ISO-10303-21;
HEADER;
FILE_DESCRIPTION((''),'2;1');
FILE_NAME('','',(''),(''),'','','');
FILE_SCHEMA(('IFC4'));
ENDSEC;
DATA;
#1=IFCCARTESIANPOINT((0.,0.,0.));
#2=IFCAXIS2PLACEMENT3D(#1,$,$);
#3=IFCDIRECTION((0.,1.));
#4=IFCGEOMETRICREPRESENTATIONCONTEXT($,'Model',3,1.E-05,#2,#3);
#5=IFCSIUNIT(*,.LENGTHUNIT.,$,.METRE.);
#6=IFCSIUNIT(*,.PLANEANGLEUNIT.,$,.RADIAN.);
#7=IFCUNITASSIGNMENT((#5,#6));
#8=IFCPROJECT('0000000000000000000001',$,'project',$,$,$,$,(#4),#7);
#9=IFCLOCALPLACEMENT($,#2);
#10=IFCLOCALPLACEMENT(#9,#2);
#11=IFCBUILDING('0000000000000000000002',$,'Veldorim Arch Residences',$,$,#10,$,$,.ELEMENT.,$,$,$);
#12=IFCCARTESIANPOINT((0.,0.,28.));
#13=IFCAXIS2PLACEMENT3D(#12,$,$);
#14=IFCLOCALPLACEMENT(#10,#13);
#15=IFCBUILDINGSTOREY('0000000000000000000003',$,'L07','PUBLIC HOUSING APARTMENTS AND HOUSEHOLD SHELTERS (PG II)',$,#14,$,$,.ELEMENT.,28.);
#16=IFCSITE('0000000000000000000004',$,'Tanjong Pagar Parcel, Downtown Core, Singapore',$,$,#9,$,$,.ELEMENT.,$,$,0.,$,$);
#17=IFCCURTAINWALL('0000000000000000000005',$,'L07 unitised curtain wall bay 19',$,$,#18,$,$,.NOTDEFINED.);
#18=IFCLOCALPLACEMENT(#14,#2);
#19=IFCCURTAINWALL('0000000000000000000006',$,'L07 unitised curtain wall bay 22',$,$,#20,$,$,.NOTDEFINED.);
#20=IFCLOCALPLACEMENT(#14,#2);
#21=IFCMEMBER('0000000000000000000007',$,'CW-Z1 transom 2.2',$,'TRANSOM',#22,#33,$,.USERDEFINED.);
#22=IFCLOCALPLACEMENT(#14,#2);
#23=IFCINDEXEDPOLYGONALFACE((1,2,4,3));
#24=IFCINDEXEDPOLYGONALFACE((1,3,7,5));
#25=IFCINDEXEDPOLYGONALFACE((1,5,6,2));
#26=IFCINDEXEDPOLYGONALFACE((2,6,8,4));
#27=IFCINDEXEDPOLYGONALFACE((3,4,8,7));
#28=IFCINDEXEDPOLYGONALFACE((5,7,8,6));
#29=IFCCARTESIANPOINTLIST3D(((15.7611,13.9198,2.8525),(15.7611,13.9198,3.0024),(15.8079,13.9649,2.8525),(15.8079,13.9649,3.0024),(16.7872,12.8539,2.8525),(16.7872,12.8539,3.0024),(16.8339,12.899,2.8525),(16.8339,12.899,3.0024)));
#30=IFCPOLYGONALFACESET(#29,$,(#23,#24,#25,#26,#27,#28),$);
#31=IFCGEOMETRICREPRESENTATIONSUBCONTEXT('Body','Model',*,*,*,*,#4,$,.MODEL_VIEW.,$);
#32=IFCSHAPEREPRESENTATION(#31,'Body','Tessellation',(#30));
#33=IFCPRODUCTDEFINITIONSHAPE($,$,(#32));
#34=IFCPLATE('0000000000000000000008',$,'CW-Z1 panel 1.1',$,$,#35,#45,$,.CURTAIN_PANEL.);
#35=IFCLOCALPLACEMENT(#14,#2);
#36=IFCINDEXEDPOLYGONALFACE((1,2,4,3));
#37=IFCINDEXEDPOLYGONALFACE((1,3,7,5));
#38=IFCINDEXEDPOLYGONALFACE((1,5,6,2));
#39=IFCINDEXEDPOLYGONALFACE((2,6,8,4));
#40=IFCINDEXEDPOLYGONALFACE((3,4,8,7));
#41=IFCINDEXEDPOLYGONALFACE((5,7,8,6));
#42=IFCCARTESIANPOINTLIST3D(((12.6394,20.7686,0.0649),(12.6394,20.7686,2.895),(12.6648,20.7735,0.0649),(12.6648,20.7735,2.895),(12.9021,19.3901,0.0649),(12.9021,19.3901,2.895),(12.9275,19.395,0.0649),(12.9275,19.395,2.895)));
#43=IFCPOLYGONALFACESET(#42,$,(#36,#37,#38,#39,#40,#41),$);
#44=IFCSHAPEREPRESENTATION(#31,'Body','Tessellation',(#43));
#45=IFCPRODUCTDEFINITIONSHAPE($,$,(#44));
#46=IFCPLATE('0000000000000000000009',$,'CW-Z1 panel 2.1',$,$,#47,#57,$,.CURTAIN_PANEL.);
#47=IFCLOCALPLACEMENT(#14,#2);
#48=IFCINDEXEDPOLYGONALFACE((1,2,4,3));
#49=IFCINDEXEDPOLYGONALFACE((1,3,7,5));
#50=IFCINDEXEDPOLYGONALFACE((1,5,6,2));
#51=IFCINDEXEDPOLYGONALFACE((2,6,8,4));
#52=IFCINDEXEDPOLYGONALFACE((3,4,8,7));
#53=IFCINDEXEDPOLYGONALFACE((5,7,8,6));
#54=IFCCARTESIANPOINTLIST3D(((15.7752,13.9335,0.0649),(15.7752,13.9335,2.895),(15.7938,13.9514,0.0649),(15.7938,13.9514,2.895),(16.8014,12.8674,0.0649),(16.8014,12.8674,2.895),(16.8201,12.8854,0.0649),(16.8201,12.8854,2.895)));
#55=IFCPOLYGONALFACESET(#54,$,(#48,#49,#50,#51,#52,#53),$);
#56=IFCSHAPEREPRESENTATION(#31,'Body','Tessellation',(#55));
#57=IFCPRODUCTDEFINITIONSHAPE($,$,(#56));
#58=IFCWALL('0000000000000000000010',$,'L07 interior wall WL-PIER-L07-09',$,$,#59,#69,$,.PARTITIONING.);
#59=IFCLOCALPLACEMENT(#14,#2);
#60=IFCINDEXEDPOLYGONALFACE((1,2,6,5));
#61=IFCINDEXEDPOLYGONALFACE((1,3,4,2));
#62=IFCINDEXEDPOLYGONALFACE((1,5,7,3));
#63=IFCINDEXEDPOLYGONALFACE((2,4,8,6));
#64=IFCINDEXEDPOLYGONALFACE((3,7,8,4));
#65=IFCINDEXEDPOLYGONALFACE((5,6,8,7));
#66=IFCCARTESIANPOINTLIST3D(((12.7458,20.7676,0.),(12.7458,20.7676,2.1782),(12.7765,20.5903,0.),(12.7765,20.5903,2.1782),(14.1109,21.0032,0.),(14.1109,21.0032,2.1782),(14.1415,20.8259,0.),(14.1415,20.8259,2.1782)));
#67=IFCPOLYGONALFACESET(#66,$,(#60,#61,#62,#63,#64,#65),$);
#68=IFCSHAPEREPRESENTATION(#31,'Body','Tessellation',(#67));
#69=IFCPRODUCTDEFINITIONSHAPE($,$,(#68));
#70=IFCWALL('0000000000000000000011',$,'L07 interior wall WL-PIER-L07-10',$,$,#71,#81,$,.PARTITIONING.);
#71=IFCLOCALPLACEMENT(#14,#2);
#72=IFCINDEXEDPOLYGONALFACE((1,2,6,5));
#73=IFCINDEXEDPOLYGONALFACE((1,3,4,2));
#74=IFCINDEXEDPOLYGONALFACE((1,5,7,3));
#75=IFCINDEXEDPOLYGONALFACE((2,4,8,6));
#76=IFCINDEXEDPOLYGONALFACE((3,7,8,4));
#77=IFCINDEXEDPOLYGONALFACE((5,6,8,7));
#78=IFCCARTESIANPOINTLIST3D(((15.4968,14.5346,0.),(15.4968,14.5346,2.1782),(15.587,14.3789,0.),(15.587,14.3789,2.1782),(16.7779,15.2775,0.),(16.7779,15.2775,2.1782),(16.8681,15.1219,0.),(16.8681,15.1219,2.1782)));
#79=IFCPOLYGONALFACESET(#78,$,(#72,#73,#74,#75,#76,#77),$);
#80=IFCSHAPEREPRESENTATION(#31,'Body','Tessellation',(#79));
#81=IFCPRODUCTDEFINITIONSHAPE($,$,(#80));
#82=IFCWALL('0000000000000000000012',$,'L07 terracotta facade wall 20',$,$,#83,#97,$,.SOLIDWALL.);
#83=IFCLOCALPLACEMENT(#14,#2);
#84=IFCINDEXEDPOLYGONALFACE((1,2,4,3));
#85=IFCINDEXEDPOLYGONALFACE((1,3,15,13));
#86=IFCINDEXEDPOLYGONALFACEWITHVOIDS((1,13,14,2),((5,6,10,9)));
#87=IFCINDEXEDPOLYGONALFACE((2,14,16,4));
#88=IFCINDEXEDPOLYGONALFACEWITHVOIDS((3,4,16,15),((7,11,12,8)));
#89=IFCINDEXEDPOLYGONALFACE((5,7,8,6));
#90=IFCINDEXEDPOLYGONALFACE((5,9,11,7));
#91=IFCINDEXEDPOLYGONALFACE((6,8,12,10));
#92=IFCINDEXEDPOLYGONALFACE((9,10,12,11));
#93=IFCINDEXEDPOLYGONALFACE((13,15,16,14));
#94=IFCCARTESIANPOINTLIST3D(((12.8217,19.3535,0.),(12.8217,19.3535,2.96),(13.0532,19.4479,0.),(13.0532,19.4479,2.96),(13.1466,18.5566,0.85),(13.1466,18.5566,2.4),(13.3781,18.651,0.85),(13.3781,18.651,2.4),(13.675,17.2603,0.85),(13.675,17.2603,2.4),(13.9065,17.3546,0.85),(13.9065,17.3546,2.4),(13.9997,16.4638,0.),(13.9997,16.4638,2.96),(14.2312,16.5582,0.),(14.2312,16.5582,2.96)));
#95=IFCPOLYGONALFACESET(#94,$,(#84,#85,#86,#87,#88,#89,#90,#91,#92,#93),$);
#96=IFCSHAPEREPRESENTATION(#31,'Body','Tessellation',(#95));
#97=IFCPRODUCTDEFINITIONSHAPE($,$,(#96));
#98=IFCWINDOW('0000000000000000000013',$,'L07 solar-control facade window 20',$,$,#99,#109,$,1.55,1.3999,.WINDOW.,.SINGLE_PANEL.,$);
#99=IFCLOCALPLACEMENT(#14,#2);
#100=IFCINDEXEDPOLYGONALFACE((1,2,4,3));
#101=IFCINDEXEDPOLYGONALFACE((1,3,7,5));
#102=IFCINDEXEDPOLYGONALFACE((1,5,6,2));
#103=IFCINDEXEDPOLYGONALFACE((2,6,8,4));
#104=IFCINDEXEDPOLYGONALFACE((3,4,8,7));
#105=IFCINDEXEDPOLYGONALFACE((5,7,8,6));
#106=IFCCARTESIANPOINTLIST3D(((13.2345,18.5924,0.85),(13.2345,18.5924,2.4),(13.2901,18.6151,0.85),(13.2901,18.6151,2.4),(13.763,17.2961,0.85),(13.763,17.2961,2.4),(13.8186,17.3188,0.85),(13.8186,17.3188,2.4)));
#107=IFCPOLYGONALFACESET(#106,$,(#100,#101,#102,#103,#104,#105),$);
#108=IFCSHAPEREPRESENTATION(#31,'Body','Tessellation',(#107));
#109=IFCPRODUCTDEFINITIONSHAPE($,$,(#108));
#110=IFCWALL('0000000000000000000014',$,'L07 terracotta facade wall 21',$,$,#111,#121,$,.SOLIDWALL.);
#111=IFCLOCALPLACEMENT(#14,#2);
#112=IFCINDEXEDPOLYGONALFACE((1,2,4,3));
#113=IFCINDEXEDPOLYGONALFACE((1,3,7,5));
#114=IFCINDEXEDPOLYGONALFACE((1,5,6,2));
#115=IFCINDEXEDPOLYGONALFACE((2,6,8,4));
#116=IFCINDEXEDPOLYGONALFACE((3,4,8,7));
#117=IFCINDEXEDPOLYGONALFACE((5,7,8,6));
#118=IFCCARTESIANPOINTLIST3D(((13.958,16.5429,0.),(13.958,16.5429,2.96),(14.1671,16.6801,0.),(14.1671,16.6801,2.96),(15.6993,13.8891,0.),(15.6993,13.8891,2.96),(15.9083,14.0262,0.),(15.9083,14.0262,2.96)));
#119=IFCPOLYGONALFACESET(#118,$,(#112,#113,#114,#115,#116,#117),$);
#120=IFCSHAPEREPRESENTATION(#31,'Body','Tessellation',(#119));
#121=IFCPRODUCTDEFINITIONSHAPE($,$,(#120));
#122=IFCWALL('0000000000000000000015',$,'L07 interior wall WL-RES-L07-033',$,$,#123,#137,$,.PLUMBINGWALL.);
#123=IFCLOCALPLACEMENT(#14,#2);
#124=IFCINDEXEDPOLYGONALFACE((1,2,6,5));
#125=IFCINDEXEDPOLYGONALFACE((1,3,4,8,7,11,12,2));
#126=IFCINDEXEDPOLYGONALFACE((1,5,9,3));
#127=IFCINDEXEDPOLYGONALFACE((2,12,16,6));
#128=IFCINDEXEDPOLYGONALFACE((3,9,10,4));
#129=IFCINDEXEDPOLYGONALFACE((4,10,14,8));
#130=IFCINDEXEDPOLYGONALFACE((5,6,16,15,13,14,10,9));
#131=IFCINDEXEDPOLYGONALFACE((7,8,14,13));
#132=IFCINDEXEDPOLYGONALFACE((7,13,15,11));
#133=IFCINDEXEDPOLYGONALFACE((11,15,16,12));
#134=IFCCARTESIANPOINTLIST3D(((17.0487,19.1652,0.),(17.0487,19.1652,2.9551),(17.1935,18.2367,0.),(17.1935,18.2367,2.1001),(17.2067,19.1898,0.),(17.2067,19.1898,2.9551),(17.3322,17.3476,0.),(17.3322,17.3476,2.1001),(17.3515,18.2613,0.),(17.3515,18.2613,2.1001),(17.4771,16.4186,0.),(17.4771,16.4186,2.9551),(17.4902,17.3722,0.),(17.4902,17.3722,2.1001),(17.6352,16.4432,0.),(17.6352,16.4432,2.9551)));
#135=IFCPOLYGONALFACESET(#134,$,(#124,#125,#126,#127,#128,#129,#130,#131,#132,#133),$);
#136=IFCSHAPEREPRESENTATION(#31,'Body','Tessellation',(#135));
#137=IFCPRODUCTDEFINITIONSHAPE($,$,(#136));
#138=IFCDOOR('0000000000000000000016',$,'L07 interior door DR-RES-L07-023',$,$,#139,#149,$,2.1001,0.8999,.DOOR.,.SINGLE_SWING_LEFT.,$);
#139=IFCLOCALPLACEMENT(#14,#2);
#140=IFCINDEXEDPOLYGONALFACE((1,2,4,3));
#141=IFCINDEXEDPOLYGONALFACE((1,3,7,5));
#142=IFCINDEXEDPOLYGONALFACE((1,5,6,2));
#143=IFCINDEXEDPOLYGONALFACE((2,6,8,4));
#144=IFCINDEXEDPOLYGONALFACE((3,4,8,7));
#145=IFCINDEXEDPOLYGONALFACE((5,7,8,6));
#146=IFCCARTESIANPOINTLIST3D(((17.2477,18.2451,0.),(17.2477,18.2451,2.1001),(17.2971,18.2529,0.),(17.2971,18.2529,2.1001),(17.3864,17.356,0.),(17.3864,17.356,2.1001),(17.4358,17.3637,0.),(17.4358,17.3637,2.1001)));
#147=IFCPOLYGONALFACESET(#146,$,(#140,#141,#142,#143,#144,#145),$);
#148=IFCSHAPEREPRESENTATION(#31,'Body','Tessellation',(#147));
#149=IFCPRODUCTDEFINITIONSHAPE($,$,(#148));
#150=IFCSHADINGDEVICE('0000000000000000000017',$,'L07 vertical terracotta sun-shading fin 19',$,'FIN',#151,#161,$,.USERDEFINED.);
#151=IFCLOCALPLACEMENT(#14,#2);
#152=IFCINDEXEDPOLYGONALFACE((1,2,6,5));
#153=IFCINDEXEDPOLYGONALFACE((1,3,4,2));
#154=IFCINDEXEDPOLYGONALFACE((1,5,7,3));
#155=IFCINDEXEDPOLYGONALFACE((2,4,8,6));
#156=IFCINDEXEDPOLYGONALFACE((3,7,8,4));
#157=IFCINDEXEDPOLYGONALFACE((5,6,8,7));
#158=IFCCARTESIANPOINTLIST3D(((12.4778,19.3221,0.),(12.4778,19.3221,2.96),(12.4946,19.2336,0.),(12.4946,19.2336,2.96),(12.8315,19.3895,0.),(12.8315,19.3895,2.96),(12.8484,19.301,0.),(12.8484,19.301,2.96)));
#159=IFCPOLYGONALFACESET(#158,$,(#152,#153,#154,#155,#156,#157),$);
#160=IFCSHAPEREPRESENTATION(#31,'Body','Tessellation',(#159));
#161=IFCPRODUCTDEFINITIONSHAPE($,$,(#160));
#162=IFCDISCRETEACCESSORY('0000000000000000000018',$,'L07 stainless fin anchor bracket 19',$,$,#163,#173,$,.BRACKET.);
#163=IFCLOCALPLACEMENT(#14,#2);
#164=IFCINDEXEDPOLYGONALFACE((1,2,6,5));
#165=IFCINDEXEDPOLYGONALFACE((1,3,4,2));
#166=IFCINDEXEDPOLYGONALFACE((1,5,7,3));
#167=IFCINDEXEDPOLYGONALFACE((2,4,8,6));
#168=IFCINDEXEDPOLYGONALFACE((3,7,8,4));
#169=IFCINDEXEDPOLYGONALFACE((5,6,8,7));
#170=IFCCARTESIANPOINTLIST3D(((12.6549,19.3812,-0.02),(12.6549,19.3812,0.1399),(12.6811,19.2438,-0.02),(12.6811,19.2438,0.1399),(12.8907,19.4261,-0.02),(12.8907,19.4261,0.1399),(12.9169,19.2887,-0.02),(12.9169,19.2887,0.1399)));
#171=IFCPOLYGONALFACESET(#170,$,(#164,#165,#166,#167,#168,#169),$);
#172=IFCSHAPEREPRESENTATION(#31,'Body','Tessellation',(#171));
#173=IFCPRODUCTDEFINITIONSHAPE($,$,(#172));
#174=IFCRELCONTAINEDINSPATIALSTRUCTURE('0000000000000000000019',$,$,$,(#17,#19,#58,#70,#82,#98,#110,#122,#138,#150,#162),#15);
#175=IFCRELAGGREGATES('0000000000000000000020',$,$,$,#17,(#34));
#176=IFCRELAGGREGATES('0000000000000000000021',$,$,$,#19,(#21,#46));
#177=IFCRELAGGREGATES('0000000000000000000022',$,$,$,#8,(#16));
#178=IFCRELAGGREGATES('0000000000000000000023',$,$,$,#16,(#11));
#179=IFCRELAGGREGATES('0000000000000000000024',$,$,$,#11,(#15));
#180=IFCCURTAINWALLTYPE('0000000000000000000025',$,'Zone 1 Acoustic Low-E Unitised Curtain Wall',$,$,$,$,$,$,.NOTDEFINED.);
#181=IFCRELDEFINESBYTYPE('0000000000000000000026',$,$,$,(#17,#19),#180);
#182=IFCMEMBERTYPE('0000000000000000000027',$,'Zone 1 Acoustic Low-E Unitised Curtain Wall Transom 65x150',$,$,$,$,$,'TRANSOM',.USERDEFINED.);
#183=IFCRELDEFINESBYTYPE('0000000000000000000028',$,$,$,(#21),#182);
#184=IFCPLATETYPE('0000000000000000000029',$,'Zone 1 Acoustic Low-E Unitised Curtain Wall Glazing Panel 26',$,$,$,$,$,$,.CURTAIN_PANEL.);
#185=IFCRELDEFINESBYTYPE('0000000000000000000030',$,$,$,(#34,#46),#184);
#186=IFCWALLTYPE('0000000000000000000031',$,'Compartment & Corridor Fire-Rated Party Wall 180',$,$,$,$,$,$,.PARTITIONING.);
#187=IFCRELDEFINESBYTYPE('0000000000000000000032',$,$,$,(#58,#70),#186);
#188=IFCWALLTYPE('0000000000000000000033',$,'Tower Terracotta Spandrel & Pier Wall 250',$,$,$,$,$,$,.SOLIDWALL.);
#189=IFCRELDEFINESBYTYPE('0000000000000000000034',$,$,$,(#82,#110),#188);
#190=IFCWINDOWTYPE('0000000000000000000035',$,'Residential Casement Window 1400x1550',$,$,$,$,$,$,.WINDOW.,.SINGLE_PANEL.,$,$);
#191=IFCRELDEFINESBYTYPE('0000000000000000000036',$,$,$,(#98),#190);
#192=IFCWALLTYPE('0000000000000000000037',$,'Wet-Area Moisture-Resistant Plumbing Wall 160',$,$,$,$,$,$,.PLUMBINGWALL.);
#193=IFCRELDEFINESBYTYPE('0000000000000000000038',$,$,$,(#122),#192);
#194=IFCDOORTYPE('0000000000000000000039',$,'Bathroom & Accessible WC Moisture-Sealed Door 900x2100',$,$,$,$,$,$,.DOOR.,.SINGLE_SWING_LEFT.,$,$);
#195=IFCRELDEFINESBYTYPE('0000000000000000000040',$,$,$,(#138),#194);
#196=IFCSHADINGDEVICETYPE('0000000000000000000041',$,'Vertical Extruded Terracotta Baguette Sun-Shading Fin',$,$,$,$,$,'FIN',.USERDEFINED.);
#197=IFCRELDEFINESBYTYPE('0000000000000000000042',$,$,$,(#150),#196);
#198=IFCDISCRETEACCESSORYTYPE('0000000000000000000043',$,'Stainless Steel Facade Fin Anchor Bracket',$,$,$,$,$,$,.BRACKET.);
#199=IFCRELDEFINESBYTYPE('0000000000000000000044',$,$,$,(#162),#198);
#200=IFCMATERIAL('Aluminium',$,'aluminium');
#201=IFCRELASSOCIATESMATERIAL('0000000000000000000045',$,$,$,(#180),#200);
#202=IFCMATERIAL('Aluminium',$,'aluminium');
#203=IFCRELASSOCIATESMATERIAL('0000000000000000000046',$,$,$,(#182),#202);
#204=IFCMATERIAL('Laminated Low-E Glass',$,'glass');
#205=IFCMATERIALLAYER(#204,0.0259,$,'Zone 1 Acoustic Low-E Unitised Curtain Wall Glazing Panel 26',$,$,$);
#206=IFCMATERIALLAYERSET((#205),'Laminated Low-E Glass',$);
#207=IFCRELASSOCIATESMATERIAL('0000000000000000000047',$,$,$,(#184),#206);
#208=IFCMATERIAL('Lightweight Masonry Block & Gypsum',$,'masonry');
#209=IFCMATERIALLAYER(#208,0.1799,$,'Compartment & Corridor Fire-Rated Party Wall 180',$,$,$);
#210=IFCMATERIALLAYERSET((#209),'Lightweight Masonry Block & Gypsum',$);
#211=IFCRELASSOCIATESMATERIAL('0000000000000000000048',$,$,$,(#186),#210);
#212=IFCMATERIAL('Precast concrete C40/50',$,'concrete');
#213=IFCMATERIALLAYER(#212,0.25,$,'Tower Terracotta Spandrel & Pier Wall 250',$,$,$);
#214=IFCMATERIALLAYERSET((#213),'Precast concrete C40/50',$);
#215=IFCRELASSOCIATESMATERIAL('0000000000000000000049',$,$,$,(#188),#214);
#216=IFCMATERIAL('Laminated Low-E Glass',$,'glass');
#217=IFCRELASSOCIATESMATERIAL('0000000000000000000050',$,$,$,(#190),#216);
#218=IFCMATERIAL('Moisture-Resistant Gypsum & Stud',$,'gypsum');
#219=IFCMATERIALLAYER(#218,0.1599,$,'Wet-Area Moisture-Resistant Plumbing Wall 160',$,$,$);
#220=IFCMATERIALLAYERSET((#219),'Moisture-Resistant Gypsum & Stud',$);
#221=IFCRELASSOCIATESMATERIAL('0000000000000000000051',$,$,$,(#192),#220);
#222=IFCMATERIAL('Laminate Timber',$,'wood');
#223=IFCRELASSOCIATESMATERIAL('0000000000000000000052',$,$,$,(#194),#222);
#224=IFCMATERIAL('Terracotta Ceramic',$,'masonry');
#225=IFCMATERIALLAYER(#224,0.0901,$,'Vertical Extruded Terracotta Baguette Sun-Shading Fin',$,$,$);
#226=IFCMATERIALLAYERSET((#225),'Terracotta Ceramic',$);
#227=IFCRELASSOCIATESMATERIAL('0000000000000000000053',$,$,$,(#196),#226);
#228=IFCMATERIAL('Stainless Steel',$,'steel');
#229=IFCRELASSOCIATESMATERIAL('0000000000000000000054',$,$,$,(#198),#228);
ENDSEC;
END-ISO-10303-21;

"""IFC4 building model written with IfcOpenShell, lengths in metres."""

from ifc_helpers import new_model, si_unit, direction, frame, frame_2d, origin, origin_2d, place, context, subcontext, project, spatial, rectangle, extrude, material, layer, layer_set, material_profile, profile_set, type_object, element, fill, aggregate, save


model = new_model("IFC4")

# Units and contexts
model_context = context("Model", 3, precision=1e-05, world=origin(), true_north=direction((0.0, 1.0)))
body_context = subcontext(model_context, "Body", "Model", "MODEL_VIEW")
ifc_project = project(units=[si_unit("LENGTHUNIT", "METRE"), si_unit("PLANEANGLEUNIT", "RADIAN")], contexts=[model_context])

# Site, building, storey
site_placement = place(None, origin())
site = spatial("IfcSite", under=ifc_project, at=site_placement, Name="Tanjong Pagar Parcel, Downtown Core, Singapore", CompositionType="ELEMENT", RefElevation=0.0)
building_placement = place(site_placement, origin())
building = spatial("IfcBuilding", under=site, at=building_placement, Name="Veldorim Arch Residences", CompositionType="ELEMENT")
storey_placement = place(building_placement, frame((0.0, 0.0, 28.0)))
storey = spatial("IfcBuildingStorey", under=building, at=storey_placement, Name="L07", Description="PUBLIC HOUSING APARTMENTS AND HOUSEHOLD SHELTERS (PG II)", CompositionType="ELEMENT", Elevation=28.0)

# Curtain wall
ifc_material_1 = material(Name="Aluminium", Category="aluminium")
curtain_wall_type = type_object("IfcCurtainWallType", Name="Zone 1 Acoustic Low-E Unitised Curtain Wall", PredefinedType="NOTDEFINED", material=ifc_material_1)
curtain_wall_1_placement = place(storey_placement, origin())
curtain_wall_1 = element("IfcCurtainWall", 1, at=curtain_wall_1_placement, inside=storey, type_object=curtain_wall_type, Name="L07 unitised curtain wall bay 19", PredefinedType="NOTDEFINED")

# Curtain wall
curtain_wall_2_placement = place(storey_placement, origin())
curtain_wall_2 = element("IfcCurtainWall", 2, at=curtain_wall_2_placement, inside=storey, type_object=curtain_wall_type, Name="L07 unitised curtain wall bay 22", PredefinedType="NOTDEFINED")

# Member
ifc_material_2 = material(Name="Aluminium", Category="aluminium")
ifc_material_profile_1 = material_profile(ifc_material_2, rectangle(XDim=0.0649, YDim=0.1499, at=origin_2d()), Name="ALU_TRN_65x150")
ifc_profile_set_1 = profile_set([ifc_material_profile_1], Name="Aluminium")
member_type_1 = type_object("IfcMemberType", Name="Zone 1 Acoustic Low-E Unitised Curtain Wall Transom 65x150", ElementType="TRANSOM", PredefinedType="USERDEFINED", material=ifc_profile_set_1)
member_1_placement = place(storey_placement, frame((16.8105, 12.8765, 2.9275), z_axis=(-0.693531, 0.720427, 0.0), x_axis=(-0.720427, -0.693531, 0.0)))
member_1 = element("IfcMember", 3, at=member_1_placement, type_object=member_type_1, Name="CW-Z1 transom 2.2", ObjectType="TRANSOM", PredefinedType="USERDEFINED", context=body_context, shape_type="SweptSolid", body=[
    extrude(rectangle(XDim=0.0649, YDim=0.1499, at=origin_2d()), origin(), (0.0, 0.0, 1.0), 1.4795),
])

# Plates
ifc_material_3 = material(Name="Laminated Low-E Glass", Category="glass")
ifc_layer_1 = layer(ifc_material_3, 0.0259, Name="Zone 1 Acoustic Low-E Unitised Curtain Wall Glazing Panel 26")
ifc_layer_set_1 = layer_set([ifc_layer_1], Name="Laminated Low-E Glass")
plate_type = type_object("IfcPlateType", Name="Zone 1 Acoustic Low-E Unitised Curtain Wall Glazing Panel 26", PredefinedType="CURTAIN_PANEL", material=ifc_layer_set_1)
plate_1_placement = place(storey_placement, frame((12.7834, 20.0818, 0.0649), z_axis=(0.0, 0.0, 1.0), x_axis=(-0.187222, 0.982318, 0.0)))
plate_1 = element("IfcPlate", 4, at=plate_1_placement, type_object=plate_type, Name="CW-Z1 panel 1.1", PredefinedType="CURTAIN_PANEL", context=body_context, shape_type="SweptSolid", body=[
    extrude(rectangle(XDim=1.4033, YDim=0.0259, at=origin_2d()), origin(), (0.0, 0.0, 1.0), 2.8301),
])
aggregate(curtain_wall_1, [plate_1])
plate_2_placement = place(storey_placement, frame((16.2976, 13.4094, 0.0649), z_axis=(0.0, 0.0, 1.0), x_axis=(-0.693538, 0.720421, 0.0)))
plate_2 = element("IfcPlate", 5, at=plate_2_placement, type_object=plate_type, Name="CW-Z1 panel 2.1", PredefinedType="CURTAIN_PANEL", context=body_context, shape_type="SweptSolid", body=[
    extrude(rectangle(XDim=1.4797, YDim=0.0259, at=origin_2d()), origin(), (0.0, 0.0, 1.0), 2.8301),
])
aggregate(curtain_wall_2, [member_1, plate_2])

# Walls
ifc_material_4 = material(Name="Lightweight Masonry Block & Gypsum", Category="masonry")
ifc_layer_2 = layer(ifc_material_4, 0.1799, Name="Compartment & Corridor Fire-Rated Party Wall 180")
ifc_layer_set_2 = layer_set([ifc_layer_2], Name="Lightweight Masonry Block & Gypsum")
wall_type_1 = type_object("IfcWallType", Name="Compartment & Corridor Fire-Rated Party Wall 180", PredefinedType="PARTITIONING", material=ifc_layer_set_2)
wall_1_placement = place(storey_placement, frame((14.1262, 20.9146, 0.0), z_axis=(0.0, 0.0, 1.0), x_axis=(-0.98543, -0.170084, 0.0)))
element("IfcWall", 6, at=wall_1_placement, inside=storey, type_object=wall_type_1, Name="L07 interior wall WL-PIER-L07-09", PredefinedType="PARTITIONING", context=body_context, shape_type="SweptSolid", body=[
    extrude(rectangle(XDim=1.3853, YDim=0.1799, at=frame_2d((0.6926, 0.0))), origin(), (0.0, 0.0, 1.0), 2.1782),
])
wall_2_placement = place(storey_placement, frame((16.823, 15.1997, 0.0), z_axis=(0.0, 0.0, 1.0), x_axis=(-0.86505, -0.501686, 0.0)))
element("IfcWall", 7, at=wall_2_placement, inside=storey, type_object=wall_type_1, Name="L07 interior wall WL-PIER-L07-10", PredefinedType="PARTITIONING", context=body_context, shape_type="SweptSolid", body=[
    extrude(rectangle(XDim=1.481, YDim=0.1799, at=frame_2d((0.7405, 0.0))), origin(), (0.0, 0.0, 1.0), 2.1782),
])

# Wall, opening, window
ifc_material_5 = material(Name="Precast concrete C40/50", Category="concrete")
ifc_layer_3 = layer(ifc_material_5, 0.25, Name="Tower Terracotta Spandrel & Pier Wall 250")
ifc_layer_set_3 = layer_set([ifc_layer_3], Name="Precast concrete C40/50")
wall_type_2 = type_object("IfcWallType", Name="Tower Terracotta Spandrel & Pier Wall 250", PredefinedType="SOLIDWALL", material=ifc_layer_set_3)
wall_3_placement = place(storey_placement, frame((14.1155, 16.511, 0.0), z_axis=(0.0, 0.0, 1.0), x_axis=(-0.377493, 0.926012, 0.0)))
wall_3 = element("IfcWall", 8, at=wall_3_placement, inside=storey, type_object=wall_type_2, Name="L07 terracotta facade wall 20", PredefinedType="SOLIDWALL", context=body_context, shape_type="SweptSolid", body=[
    extrude(rectangle(XDim=3.1206, YDim=0.25, at=frame_2d((1.5603, 0.0))), origin(), (0.0, 0.0, 1.0), 2.96),
])
opening_1_placement = place(wall_3_placement, frame((0.8601, 0.0, 0.8501)))
opening_1 = element("IfcOpeningElement", 9, at=opening_1_placement, cuts=wall_3, PredefinedType="OPENING", context=body_context, shape_type="SweptSolid", body=[
    extrude(rectangle(XDim=1.3999, YDim=1.55, at=frame_2d((0.7, 0.7749))), frame((0.0, 0.135, 0.0), z_axis=(0.0, -1.0, 0.0), x_axis=(1.0, 0.0, 0.0)), (0.0, 0.0, 1.0), 0.27),
])
ifc_material_6 = material(Name="Laminated Low-E Glass", Category="glass")
window_type = type_object("IfcWindowType", Name="Residential Casement Window 1400x1550", PartitioningType="SINGLE_PANEL", PredefinedType="WINDOW", material=ifc_material_6)
window_placement = place(opening_1_placement, origin())
window = element("IfcWindow", 10, at=window_placement, inside=storey, type_object=window_type, Name="L07 solar-control facade window 20", OverallHeight=1.55, OverallWidth=1.3999, PartitioningType="SINGLE_PANEL", PredefinedType="WINDOW", context=body_context, shape_type="SweptSolid", body=[
    extrude(rectangle(XDim=1.3999, YDim=1.55, at=frame_2d((0.7, 0.7749))), frame((0.0, 0.03, 0.0), z_axis=(0.0, -1.0, 0.0), x_axis=(1.0, 0.0, 0.0)), (0.0, 0.0, 1.0), 0.0601),
])
fill(opening_1, window)

# Wall
wall_4_placement = place(storey_placement, frame((15.8037, 13.9578, 0.0), z_axis=(0.0, 0.0, 1.0), x_axis=(-0.548579, 0.836099, 0.0)))
element("IfcWall", 11, at=wall_4_placement, inside=storey, type_object=wall_type_2, Name="L07 terracotta facade wall 21", PredefinedType="SOLIDWALL", context=body_context, shape_type="SweptSolid", body=[
    extrude(rectangle(XDim=3.1741, YDim=0.25, at=frame_2d((1.5869, 0.0))), origin(), (0.0, 0.0, 1.0), 2.96),
])

# Wall, opening, door
ifc_material_7 = material(Name="Moisture-Resistant Gypsum & Stud", Category="gypsum")
ifc_layer_4 = layer(ifc_material_7, 0.1599, Name="Wet-Area Moisture-Resistant Plumbing Wall 160")
ifc_layer_set_4 = layer_set([ifc_layer_4], Name="Moisture-Resistant Gypsum & Stud")
wall_type_3 = type_object("IfcWallType", Name="Wet-Area Moisture-Resistant Plumbing Wall 160", PredefinedType="PLUMBINGWALL", material=ifc_layer_set_4)
wall_5_placement = place(storey_placement, frame((17.1277, 19.1775, 0.0), z_axis=(0.0, 0.0, 1.0), x_axis=(0.154136, -0.98805, 0.0)))
wall_5 = element("IfcWall", 12, at=wall_5_placement, inside=storey, type_object=wall_type_3, Name="L07 interior wall WL-RES-L07-033", PredefinedType="PLUMBINGWALL", context=body_context, shape_type="SweptSolid", body=[
    extrude(rectangle(XDim=2.7798, YDim=0.1599, at=frame_2d((1.3899, 0.0))), origin(), (0.0, 0.0, 1.0), 2.9551),
])
opening_2_placement = place(wall_5_placement, frame((0.9397, 0.0, 0.0)))
opening_2 = element("IfcOpeningElement", 13, at=opening_2_placement, cuts=wall_5, PredefinedType="OPENING", context=body_context, shape_type="SweptSolid", body=[
    extrude(rectangle(XDim=0.8999, YDim=2.1001, at=frame_2d((0.45, 1.05))), frame((0.0, 0.0898, 0.0), z_axis=(0.0, -1.0, 0.0), x_axis=(1.0, 0.0, 0.0)), (0.0, 0.0, 1.0), 0.1799),
])
ifc_material_8 = material(Name="Laminate Timber", Category="wood")
door_type = type_object("IfcDoorType", Name="Bathroom & Accessible WC Moisture-Sealed Door 900x2100", OperationType="SINGLE_SWING_LEFT", PredefinedType="DOOR", material=ifc_material_8)
door_placement = place(opening_2_placement, origin())
door = element("IfcDoor", 14, at=door_placement, inside=storey, type_object=door_type, Name="L07 interior door DR-RES-L07-023", OperationType="SINGLE_SWING_LEFT", OverallHeight=2.1001, OverallWidth=0.8999, PredefinedType="DOOR", context=body_context, shape_type="SweptSolid", body=[
    extrude(rectangle(XDim=0.8999, YDim=2.1001, at=frame_2d((0.45, 1.05))), frame((0.0, 0.0249, 0.0), z_axis=(0.0, -1.0, 0.0), x_axis=(1.0, 0.0, 0.0)), (0.0, 0.0, 1.0), 0.05),
])
fill(opening_2, door)

# Shading device
ifc_material_9 = material(Name="Terracotta Ceramic", Category="masonry")
ifc_layer_5 = layer(ifc_material_9, 0.0901, Name="Vertical Extruded Terracotta Baguette Sun-Shading Fin")
ifc_layer_set_5 = layer_set([ifc_layer_5], Name="Terracotta Ceramic")
shading_device_type = type_object("IfcShadingDeviceType", Name="Vertical Extruded Terracotta Baguette Sun-Shading Fin", ElementType="FIN", PredefinedType="USERDEFINED", material=ifc_layer_set_5)
shading_device_placement = place(storey_placement, frame((12.6631, 19.3115, 0.0), z_axis=(0.0, 0.0, 1.0), x_axis=(-0.18721, 0.98232, 0.0)))
element("IfcShadingDevice", 15, at=shading_device_placement, inside=storey, type_object=shading_device_type, Name="L07 vertical terracotta sun-shading fin 19", ObjectType="FIN", PredefinedType="USERDEFINED", context=body_context, shape_type="SweptSolid", body=[
    extrude(rectangle(XDim=0.0901, YDim=0.3601, at=origin_2d()), origin(), (0.0, 0.0, 1.0), 2.96),
])

# Discrete accessory
ifc_material_10 = material(Name="Stainless Steel", Category="steel")
discrete_accessory_type = type_object("IfcDiscreteAccessoryType", Name="Stainless Steel Facade Fin Anchor Bracket", PredefinedType="BRACKET", material=ifc_material_10)
discrete_accessory_placement = place(storey_placement, frame((12.7859, 19.335, -0.02), z_axis=(0.0, 0.0, 1.0), x_axis=(-0.18721, 0.98232, 0.0)))
element("IfcDiscreteAccessory", 16, at=discrete_accessory_placement, inside=storey, type_object=discrete_accessory_type, Name="L07 stainless fin anchor bracket 19", PredefinedType="BRACKET", context=body_context, shape_type="SweptSolid", body=[
    extrude(rectangle(XDim=0.1399, YDim=0.24, at=origin_2d()), origin(), (0.0, 0.0, 1.0), 0.1599),
])

save(model, "model.ifc")
